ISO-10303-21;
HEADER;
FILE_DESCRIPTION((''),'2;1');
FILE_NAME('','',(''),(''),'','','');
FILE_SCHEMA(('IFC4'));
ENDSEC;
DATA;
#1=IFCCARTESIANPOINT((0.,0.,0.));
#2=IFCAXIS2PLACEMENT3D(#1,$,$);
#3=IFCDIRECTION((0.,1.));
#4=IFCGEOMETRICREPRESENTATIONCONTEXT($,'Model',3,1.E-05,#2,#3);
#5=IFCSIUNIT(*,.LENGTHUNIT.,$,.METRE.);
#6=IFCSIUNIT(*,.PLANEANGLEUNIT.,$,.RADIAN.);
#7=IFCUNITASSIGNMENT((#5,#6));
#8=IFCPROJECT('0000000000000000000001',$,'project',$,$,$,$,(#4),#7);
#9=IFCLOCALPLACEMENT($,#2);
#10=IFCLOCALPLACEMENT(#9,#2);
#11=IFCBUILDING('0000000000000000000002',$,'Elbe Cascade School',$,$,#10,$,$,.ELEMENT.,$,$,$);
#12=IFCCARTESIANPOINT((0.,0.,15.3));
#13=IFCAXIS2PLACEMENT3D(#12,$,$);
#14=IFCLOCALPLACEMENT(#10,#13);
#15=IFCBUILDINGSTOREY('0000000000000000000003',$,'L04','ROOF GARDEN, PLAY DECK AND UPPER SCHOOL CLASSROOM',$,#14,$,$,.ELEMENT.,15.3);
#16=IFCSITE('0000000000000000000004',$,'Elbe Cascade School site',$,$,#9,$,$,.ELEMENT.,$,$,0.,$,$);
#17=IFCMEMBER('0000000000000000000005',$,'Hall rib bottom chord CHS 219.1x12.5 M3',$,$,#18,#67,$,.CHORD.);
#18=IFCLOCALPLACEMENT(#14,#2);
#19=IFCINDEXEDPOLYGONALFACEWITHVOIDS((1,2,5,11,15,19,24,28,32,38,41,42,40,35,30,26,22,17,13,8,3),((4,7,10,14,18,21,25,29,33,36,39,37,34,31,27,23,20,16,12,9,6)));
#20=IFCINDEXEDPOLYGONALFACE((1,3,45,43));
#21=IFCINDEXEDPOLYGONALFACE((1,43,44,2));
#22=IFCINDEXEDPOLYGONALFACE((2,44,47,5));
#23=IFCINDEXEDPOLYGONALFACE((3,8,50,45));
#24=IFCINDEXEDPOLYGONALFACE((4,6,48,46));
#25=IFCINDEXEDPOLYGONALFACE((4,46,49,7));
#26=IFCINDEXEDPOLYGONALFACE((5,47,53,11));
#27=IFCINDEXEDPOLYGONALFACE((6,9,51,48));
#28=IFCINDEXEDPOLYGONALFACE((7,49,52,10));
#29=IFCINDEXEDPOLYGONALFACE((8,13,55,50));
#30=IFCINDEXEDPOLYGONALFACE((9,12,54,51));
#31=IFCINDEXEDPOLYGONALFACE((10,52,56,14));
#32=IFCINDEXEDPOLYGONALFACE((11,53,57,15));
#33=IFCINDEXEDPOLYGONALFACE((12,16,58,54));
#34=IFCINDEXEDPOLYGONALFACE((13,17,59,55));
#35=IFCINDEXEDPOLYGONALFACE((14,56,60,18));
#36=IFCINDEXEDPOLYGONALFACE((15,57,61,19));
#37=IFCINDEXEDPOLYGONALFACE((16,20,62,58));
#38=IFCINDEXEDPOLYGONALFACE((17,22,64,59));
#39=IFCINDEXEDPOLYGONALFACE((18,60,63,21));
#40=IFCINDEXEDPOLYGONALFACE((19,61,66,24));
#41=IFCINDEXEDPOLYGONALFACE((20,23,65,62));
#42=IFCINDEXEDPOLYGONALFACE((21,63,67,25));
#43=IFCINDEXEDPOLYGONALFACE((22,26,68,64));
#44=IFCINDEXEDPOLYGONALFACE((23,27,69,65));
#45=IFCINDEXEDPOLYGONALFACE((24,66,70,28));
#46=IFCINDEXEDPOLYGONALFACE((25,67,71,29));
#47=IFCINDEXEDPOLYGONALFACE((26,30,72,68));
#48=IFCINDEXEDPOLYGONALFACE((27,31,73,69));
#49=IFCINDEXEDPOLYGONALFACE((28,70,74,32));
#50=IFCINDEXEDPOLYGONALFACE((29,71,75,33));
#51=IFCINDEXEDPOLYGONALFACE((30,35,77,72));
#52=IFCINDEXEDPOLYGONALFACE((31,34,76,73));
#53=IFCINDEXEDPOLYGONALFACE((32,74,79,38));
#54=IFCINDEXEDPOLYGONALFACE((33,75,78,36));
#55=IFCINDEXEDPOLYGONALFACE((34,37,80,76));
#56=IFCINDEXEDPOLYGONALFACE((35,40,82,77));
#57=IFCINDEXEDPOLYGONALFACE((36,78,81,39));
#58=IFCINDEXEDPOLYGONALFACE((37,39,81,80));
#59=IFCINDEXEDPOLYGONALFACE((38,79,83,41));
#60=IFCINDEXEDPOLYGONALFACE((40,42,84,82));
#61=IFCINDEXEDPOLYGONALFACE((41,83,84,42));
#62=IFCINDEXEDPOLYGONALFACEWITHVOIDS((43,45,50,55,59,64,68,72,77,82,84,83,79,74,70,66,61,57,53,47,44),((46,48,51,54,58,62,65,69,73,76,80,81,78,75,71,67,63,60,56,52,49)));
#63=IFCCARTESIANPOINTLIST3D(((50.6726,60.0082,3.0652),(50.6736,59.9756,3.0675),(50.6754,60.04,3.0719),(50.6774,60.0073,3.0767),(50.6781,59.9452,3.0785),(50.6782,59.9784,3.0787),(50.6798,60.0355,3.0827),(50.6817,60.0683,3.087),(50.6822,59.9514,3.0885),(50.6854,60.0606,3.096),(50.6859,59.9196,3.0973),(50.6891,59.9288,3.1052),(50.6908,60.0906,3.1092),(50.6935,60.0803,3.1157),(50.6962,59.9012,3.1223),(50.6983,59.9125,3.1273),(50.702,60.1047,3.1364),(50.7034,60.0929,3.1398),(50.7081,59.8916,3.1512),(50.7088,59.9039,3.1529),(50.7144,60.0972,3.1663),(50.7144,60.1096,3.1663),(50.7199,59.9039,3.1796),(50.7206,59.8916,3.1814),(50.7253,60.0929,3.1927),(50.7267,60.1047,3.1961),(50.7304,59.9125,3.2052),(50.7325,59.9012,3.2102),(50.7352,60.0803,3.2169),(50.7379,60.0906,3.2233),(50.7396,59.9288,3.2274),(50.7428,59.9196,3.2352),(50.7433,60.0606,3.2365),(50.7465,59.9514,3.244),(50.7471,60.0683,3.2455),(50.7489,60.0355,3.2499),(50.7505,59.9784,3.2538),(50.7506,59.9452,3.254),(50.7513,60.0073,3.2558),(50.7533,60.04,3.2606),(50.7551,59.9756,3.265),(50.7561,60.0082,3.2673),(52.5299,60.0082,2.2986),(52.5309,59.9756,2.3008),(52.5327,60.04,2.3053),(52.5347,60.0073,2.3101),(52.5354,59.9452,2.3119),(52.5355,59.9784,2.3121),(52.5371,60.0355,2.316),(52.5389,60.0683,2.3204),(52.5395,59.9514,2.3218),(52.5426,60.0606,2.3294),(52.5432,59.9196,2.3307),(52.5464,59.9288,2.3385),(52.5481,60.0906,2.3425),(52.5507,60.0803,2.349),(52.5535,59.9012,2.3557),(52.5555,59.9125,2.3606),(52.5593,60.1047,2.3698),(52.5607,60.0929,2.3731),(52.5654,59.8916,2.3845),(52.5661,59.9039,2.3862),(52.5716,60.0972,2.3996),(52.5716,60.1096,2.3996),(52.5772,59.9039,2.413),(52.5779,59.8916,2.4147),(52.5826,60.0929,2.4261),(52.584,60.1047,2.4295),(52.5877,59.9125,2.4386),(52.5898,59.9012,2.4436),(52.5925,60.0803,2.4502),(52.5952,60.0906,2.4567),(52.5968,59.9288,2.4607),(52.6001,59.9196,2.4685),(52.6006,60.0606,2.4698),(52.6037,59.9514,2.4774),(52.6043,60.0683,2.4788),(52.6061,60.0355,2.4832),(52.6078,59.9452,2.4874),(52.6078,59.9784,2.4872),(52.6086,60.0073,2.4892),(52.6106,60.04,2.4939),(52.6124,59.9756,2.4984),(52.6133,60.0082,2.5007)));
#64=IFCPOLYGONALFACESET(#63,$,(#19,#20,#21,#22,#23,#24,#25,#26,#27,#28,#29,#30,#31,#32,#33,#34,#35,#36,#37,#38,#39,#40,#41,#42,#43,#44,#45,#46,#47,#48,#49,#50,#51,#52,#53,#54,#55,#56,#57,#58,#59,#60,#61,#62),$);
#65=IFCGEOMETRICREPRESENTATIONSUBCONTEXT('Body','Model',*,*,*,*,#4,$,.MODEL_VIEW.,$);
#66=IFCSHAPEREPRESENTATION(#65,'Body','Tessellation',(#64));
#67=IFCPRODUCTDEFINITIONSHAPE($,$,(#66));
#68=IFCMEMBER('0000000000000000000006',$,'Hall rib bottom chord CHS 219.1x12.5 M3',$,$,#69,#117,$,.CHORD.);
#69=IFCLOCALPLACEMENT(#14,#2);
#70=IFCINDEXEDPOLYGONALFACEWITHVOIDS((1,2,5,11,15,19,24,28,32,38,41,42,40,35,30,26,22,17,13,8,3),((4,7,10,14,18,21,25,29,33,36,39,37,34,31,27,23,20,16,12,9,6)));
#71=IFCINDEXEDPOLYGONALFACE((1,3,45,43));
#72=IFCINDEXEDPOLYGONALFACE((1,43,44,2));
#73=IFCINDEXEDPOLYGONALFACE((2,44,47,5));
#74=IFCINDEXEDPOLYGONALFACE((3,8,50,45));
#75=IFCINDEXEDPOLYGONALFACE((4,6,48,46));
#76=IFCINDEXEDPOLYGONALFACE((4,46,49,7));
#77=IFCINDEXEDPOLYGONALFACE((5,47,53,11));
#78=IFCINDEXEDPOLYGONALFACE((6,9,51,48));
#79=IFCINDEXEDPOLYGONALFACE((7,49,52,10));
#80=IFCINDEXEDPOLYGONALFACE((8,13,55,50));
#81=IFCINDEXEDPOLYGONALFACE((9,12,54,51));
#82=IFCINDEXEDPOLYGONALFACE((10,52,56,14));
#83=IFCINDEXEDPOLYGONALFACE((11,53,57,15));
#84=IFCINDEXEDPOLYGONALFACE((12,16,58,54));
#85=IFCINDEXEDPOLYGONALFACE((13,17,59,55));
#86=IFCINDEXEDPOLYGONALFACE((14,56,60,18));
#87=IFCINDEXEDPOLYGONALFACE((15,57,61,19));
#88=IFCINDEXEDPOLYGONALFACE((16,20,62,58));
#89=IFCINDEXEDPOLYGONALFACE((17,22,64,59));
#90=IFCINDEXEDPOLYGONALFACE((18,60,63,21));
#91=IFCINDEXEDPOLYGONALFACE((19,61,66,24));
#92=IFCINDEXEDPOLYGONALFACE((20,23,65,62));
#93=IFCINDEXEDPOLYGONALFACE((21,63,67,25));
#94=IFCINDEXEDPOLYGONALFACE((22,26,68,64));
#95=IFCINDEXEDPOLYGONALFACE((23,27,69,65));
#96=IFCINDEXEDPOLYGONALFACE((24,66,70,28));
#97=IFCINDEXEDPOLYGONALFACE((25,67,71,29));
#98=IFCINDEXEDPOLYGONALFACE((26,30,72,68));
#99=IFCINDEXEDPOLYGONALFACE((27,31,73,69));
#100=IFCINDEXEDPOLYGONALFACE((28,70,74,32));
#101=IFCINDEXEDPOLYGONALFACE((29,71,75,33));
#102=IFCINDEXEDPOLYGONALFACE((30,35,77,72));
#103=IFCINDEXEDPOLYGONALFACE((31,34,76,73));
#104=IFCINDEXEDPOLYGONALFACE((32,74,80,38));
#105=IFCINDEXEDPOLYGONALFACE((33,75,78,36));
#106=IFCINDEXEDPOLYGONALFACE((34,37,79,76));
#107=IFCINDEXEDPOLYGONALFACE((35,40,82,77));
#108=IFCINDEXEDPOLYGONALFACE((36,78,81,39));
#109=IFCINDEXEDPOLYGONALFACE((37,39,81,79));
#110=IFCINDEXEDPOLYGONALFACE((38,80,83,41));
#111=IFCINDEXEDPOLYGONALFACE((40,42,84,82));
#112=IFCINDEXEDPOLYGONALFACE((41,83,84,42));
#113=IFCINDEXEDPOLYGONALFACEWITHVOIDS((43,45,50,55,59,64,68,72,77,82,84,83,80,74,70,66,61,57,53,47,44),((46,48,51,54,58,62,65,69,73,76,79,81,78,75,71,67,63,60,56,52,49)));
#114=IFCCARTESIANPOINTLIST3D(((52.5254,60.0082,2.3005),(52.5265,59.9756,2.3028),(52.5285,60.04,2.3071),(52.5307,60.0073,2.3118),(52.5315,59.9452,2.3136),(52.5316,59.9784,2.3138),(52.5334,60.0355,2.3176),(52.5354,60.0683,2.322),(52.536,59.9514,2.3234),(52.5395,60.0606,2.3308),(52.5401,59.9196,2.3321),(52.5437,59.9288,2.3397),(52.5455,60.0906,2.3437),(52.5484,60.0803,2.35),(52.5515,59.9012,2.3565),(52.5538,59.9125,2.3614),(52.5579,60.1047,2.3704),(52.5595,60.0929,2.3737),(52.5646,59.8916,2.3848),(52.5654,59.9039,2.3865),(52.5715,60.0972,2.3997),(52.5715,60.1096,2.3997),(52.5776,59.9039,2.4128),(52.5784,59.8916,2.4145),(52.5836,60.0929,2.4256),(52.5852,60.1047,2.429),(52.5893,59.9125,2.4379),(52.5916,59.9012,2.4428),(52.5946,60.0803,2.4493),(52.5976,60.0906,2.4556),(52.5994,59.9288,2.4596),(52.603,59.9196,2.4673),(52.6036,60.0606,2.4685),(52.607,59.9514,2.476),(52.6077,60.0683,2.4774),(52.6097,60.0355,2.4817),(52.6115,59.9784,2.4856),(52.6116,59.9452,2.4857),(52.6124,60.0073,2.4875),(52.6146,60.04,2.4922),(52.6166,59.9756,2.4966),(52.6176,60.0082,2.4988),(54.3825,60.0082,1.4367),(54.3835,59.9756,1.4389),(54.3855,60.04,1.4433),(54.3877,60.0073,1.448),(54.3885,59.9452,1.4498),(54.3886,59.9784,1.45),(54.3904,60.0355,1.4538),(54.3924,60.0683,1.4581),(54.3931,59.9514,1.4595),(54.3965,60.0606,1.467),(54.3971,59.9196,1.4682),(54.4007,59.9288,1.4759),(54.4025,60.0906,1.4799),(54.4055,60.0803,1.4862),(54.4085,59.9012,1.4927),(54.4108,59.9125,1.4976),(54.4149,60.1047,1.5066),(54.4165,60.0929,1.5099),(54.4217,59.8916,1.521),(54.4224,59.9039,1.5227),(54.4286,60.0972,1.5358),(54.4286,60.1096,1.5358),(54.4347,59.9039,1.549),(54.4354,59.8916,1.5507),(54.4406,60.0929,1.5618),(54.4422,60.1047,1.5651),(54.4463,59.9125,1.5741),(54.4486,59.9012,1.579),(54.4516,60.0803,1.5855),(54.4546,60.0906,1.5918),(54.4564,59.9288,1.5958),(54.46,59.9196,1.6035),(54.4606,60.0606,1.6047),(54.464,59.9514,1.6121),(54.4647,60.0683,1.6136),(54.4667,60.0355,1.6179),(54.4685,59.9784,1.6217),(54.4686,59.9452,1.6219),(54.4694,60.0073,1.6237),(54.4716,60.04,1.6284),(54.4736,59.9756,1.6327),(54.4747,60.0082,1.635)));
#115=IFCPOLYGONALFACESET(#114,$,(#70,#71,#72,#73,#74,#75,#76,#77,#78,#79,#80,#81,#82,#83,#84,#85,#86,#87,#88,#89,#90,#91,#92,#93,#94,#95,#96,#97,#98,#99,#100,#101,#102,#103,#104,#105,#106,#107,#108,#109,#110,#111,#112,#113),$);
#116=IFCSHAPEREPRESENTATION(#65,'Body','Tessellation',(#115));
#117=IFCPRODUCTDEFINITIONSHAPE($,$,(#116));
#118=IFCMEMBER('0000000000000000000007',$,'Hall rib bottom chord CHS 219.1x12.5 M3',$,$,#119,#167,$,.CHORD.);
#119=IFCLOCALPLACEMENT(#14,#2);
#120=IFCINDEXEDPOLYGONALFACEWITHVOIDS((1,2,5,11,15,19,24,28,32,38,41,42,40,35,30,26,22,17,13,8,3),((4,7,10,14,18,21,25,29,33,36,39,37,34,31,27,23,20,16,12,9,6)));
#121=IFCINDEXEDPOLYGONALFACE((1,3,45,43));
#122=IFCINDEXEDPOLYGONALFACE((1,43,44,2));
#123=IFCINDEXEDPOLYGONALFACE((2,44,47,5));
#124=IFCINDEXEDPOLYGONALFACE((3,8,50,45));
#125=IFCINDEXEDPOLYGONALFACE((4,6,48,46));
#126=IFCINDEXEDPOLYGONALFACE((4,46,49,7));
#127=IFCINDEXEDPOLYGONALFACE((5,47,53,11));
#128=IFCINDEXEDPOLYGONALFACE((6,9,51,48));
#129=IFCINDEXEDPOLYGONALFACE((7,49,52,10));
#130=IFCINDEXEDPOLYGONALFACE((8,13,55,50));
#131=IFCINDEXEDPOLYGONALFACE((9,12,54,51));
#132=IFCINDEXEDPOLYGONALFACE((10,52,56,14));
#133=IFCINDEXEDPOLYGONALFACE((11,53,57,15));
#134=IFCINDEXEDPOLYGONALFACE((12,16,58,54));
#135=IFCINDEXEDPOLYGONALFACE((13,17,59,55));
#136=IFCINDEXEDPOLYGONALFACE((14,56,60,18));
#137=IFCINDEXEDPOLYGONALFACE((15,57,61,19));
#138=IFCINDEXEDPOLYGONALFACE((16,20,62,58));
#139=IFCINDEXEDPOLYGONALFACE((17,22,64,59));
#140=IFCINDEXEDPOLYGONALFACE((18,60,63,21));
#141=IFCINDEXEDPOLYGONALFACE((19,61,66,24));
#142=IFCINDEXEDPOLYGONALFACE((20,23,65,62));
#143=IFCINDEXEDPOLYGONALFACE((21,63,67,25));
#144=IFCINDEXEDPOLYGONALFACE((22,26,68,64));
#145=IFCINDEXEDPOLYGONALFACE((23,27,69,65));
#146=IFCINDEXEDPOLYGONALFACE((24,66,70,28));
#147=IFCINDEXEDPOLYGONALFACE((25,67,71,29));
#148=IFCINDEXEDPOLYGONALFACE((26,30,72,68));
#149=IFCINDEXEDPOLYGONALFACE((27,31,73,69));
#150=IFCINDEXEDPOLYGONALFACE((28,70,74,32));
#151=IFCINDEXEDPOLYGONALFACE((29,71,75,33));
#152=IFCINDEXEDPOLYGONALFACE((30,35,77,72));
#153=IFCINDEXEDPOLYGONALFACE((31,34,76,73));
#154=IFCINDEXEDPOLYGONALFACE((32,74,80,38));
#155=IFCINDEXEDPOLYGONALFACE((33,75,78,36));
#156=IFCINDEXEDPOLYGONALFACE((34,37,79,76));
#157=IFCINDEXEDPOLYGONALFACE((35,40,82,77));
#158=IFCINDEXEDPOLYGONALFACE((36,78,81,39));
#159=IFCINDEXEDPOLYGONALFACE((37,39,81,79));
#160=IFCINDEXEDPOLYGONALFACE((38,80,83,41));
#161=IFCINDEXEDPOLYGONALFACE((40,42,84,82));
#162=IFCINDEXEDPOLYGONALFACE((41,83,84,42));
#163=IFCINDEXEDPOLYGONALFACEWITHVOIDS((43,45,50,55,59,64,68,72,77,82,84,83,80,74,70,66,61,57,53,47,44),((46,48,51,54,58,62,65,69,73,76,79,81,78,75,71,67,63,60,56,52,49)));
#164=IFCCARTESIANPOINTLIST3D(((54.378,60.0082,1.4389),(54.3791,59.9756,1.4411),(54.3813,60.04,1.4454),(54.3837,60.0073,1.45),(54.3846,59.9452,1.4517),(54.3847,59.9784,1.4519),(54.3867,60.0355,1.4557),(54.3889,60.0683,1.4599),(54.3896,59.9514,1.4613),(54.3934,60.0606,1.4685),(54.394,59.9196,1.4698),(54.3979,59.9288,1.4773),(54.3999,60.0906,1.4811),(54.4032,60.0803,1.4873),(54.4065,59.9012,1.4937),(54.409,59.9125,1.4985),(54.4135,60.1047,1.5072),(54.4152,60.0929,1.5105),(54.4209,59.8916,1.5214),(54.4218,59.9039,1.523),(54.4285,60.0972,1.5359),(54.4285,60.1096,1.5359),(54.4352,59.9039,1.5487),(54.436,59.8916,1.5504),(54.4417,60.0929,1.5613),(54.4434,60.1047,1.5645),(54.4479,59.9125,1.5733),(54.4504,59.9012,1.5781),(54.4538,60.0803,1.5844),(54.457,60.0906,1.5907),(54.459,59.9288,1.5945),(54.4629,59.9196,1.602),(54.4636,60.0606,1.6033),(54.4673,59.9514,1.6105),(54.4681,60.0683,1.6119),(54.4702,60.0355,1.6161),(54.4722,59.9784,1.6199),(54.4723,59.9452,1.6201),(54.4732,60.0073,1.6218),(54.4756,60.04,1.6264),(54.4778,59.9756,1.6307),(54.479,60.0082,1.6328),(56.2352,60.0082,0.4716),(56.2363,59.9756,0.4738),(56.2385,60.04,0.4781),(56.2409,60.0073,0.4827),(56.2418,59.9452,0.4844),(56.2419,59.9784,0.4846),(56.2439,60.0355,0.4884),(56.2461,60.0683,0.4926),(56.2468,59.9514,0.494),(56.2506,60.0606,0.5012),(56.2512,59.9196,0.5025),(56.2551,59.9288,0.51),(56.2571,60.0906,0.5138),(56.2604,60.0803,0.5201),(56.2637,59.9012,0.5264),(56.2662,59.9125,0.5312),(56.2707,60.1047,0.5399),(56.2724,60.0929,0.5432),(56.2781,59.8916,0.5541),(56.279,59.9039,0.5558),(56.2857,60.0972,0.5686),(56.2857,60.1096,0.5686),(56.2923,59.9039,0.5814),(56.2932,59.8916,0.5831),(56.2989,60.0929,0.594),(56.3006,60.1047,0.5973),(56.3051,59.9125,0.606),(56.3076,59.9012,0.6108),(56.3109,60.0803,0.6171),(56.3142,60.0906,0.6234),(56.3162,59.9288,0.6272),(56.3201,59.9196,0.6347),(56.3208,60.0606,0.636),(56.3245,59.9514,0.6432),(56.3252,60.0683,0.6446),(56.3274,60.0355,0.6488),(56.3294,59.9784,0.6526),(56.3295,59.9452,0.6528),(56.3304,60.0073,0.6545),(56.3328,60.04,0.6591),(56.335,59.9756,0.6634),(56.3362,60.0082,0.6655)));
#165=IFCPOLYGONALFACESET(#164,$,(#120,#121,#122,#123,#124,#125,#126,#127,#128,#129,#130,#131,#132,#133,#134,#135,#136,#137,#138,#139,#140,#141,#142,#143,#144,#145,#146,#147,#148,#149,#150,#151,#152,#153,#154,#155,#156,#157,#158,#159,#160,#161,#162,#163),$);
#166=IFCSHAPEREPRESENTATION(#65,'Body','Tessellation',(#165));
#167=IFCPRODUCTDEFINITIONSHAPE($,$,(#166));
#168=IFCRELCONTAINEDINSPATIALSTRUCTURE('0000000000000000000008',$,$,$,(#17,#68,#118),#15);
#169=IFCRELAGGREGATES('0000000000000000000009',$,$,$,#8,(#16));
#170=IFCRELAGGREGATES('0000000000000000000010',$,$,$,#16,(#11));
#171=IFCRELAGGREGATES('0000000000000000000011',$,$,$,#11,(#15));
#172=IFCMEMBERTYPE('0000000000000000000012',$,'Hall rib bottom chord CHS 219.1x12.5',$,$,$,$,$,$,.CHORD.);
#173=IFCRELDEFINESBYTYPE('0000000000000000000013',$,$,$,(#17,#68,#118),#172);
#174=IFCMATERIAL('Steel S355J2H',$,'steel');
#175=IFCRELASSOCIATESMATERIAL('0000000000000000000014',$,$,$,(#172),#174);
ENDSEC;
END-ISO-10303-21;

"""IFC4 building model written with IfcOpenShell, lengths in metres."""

from ifc_helpers import new_model, si_unit, direction, frame, origin, origin_2d, place, context, subcontext, project, spatial, hollow_circle, extrude, material, material_profile, profile_set, type_object, element, save


model = new_model("IFC4")

# Units and contexts
model_context = context("Model", 3, precision=1e-05, world=origin(), true_north=direction((0.0, 1.0)))
body_context = subcontext(model_context, "Body", "Model", "MODEL_VIEW")
ifc_project = project(units=[si_unit("LENGTHUNIT", "METRE"), si_unit("PLANEANGLEUNIT", "RADIAN")], contexts=[model_context])

# Site, building, storey
site_placement = place(None, origin())
site = spatial("IfcSite", under=ifc_project, at=site_placement, Name="Elbe Cascade School site", CompositionType="ELEMENT", RefElevation=0.0)
building_placement = place(site_placement, origin())
building = spatial("IfcBuilding", under=site, at=building_placement, Name="Elbe Cascade School", CompositionType="ELEMENT")
storey_placement = place(building_placement, frame((0.0, 0.0, 15.3)))
storey = spatial("IfcBuildingStorey", under=building, at=storey_placement, Name="L04", Description="ROOF GARDEN, PLAY DECK AND UPPER SCHOOL CLASSROOM", CompositionType="ELEMENT", Elevation=15.3)

# Members
ifc_material_1 = material(Name="Steel S355J2H", Category="steel")
ifc_material_profile_1 = material_profile(ifc_material_1, hollow_circle(Radius=0.1096, WallThickness=0.0125, at=origin_2d()), Name="CHS 219.1x12.5")
ifc_profile_set_1 = profile_set([ifc_material_profile_1], Name="Steel S355J2H")
member_type_1 = type_object("IfcMemberType", Name="Hall rib bottom chord CHS 219.1x12.5", PredefinedType="CHORD", material=ifc_profile_set_1)
member_1_placement = place(storey_placement, frame((50.7144, 60.0, 3.1663), z_axis=(0.924348, 0.0, -0.38155), x_axis=(0.0, 1.0, 0.0)))
element("IfcMember", 1, at=member_1_placement, inside=storey, type_object=member_type_1, Name="Hall rib bottom chord CHS 219.1x12.5 M3", PredefinedType="CHORD", context=body_context, shape_type="SweptSolid", body=[
    extrude(hollow_circle(Radius=0.1096, WallThickness=0.0125, at=origin_2d()), origin(), (0.0, 0.0, 1.0), 2.0093),
])
member_2_placement = place(storey_placement, frame((52.5715, 60.0, 2.3997), z_axis=(0.906706, 0.0, -0.421763), x_axis=(0.0, 1.0, 0.0)))
element("IfcMember", 2, at=member_2_placement, inside=storey, type_object=member_type_1, Name="Hall rib bottom chord CHS 219.1x12.5 M3", PredefinedType="CHORD", context=body_context, shape_type="SweptSolid", body=[
    extrude(hollow_circle(Radius=0.1096, WallThickness=0.0125, at=origin_2d()), origin(), (0.0, 0.0, 1.0), 2.0481),
])
member_3_placement = place(storey_placement, frame((54.4285, 60.0, 1.5359), z_axis=(0.886913, 0.0, -0.461936), x_axis=(0.0, 1.0, 0.0)))
element("IfcMember", 3, at=member_3_placement, inside=storey, type_object=member_type_1, Name="Hall rib bottom chord CHS 219.1x12.5 M3", PredefinedType="CHORD", context=body_context, shape_type="SweptSolid", body=[
    extrude(hollow_circle(Radius=0.1096, WallThickness=0.0125, at=origin_2d()), origin(), (0.0, 0.0, 1.0), 2.094),
])

save(model, "model.ifc")
